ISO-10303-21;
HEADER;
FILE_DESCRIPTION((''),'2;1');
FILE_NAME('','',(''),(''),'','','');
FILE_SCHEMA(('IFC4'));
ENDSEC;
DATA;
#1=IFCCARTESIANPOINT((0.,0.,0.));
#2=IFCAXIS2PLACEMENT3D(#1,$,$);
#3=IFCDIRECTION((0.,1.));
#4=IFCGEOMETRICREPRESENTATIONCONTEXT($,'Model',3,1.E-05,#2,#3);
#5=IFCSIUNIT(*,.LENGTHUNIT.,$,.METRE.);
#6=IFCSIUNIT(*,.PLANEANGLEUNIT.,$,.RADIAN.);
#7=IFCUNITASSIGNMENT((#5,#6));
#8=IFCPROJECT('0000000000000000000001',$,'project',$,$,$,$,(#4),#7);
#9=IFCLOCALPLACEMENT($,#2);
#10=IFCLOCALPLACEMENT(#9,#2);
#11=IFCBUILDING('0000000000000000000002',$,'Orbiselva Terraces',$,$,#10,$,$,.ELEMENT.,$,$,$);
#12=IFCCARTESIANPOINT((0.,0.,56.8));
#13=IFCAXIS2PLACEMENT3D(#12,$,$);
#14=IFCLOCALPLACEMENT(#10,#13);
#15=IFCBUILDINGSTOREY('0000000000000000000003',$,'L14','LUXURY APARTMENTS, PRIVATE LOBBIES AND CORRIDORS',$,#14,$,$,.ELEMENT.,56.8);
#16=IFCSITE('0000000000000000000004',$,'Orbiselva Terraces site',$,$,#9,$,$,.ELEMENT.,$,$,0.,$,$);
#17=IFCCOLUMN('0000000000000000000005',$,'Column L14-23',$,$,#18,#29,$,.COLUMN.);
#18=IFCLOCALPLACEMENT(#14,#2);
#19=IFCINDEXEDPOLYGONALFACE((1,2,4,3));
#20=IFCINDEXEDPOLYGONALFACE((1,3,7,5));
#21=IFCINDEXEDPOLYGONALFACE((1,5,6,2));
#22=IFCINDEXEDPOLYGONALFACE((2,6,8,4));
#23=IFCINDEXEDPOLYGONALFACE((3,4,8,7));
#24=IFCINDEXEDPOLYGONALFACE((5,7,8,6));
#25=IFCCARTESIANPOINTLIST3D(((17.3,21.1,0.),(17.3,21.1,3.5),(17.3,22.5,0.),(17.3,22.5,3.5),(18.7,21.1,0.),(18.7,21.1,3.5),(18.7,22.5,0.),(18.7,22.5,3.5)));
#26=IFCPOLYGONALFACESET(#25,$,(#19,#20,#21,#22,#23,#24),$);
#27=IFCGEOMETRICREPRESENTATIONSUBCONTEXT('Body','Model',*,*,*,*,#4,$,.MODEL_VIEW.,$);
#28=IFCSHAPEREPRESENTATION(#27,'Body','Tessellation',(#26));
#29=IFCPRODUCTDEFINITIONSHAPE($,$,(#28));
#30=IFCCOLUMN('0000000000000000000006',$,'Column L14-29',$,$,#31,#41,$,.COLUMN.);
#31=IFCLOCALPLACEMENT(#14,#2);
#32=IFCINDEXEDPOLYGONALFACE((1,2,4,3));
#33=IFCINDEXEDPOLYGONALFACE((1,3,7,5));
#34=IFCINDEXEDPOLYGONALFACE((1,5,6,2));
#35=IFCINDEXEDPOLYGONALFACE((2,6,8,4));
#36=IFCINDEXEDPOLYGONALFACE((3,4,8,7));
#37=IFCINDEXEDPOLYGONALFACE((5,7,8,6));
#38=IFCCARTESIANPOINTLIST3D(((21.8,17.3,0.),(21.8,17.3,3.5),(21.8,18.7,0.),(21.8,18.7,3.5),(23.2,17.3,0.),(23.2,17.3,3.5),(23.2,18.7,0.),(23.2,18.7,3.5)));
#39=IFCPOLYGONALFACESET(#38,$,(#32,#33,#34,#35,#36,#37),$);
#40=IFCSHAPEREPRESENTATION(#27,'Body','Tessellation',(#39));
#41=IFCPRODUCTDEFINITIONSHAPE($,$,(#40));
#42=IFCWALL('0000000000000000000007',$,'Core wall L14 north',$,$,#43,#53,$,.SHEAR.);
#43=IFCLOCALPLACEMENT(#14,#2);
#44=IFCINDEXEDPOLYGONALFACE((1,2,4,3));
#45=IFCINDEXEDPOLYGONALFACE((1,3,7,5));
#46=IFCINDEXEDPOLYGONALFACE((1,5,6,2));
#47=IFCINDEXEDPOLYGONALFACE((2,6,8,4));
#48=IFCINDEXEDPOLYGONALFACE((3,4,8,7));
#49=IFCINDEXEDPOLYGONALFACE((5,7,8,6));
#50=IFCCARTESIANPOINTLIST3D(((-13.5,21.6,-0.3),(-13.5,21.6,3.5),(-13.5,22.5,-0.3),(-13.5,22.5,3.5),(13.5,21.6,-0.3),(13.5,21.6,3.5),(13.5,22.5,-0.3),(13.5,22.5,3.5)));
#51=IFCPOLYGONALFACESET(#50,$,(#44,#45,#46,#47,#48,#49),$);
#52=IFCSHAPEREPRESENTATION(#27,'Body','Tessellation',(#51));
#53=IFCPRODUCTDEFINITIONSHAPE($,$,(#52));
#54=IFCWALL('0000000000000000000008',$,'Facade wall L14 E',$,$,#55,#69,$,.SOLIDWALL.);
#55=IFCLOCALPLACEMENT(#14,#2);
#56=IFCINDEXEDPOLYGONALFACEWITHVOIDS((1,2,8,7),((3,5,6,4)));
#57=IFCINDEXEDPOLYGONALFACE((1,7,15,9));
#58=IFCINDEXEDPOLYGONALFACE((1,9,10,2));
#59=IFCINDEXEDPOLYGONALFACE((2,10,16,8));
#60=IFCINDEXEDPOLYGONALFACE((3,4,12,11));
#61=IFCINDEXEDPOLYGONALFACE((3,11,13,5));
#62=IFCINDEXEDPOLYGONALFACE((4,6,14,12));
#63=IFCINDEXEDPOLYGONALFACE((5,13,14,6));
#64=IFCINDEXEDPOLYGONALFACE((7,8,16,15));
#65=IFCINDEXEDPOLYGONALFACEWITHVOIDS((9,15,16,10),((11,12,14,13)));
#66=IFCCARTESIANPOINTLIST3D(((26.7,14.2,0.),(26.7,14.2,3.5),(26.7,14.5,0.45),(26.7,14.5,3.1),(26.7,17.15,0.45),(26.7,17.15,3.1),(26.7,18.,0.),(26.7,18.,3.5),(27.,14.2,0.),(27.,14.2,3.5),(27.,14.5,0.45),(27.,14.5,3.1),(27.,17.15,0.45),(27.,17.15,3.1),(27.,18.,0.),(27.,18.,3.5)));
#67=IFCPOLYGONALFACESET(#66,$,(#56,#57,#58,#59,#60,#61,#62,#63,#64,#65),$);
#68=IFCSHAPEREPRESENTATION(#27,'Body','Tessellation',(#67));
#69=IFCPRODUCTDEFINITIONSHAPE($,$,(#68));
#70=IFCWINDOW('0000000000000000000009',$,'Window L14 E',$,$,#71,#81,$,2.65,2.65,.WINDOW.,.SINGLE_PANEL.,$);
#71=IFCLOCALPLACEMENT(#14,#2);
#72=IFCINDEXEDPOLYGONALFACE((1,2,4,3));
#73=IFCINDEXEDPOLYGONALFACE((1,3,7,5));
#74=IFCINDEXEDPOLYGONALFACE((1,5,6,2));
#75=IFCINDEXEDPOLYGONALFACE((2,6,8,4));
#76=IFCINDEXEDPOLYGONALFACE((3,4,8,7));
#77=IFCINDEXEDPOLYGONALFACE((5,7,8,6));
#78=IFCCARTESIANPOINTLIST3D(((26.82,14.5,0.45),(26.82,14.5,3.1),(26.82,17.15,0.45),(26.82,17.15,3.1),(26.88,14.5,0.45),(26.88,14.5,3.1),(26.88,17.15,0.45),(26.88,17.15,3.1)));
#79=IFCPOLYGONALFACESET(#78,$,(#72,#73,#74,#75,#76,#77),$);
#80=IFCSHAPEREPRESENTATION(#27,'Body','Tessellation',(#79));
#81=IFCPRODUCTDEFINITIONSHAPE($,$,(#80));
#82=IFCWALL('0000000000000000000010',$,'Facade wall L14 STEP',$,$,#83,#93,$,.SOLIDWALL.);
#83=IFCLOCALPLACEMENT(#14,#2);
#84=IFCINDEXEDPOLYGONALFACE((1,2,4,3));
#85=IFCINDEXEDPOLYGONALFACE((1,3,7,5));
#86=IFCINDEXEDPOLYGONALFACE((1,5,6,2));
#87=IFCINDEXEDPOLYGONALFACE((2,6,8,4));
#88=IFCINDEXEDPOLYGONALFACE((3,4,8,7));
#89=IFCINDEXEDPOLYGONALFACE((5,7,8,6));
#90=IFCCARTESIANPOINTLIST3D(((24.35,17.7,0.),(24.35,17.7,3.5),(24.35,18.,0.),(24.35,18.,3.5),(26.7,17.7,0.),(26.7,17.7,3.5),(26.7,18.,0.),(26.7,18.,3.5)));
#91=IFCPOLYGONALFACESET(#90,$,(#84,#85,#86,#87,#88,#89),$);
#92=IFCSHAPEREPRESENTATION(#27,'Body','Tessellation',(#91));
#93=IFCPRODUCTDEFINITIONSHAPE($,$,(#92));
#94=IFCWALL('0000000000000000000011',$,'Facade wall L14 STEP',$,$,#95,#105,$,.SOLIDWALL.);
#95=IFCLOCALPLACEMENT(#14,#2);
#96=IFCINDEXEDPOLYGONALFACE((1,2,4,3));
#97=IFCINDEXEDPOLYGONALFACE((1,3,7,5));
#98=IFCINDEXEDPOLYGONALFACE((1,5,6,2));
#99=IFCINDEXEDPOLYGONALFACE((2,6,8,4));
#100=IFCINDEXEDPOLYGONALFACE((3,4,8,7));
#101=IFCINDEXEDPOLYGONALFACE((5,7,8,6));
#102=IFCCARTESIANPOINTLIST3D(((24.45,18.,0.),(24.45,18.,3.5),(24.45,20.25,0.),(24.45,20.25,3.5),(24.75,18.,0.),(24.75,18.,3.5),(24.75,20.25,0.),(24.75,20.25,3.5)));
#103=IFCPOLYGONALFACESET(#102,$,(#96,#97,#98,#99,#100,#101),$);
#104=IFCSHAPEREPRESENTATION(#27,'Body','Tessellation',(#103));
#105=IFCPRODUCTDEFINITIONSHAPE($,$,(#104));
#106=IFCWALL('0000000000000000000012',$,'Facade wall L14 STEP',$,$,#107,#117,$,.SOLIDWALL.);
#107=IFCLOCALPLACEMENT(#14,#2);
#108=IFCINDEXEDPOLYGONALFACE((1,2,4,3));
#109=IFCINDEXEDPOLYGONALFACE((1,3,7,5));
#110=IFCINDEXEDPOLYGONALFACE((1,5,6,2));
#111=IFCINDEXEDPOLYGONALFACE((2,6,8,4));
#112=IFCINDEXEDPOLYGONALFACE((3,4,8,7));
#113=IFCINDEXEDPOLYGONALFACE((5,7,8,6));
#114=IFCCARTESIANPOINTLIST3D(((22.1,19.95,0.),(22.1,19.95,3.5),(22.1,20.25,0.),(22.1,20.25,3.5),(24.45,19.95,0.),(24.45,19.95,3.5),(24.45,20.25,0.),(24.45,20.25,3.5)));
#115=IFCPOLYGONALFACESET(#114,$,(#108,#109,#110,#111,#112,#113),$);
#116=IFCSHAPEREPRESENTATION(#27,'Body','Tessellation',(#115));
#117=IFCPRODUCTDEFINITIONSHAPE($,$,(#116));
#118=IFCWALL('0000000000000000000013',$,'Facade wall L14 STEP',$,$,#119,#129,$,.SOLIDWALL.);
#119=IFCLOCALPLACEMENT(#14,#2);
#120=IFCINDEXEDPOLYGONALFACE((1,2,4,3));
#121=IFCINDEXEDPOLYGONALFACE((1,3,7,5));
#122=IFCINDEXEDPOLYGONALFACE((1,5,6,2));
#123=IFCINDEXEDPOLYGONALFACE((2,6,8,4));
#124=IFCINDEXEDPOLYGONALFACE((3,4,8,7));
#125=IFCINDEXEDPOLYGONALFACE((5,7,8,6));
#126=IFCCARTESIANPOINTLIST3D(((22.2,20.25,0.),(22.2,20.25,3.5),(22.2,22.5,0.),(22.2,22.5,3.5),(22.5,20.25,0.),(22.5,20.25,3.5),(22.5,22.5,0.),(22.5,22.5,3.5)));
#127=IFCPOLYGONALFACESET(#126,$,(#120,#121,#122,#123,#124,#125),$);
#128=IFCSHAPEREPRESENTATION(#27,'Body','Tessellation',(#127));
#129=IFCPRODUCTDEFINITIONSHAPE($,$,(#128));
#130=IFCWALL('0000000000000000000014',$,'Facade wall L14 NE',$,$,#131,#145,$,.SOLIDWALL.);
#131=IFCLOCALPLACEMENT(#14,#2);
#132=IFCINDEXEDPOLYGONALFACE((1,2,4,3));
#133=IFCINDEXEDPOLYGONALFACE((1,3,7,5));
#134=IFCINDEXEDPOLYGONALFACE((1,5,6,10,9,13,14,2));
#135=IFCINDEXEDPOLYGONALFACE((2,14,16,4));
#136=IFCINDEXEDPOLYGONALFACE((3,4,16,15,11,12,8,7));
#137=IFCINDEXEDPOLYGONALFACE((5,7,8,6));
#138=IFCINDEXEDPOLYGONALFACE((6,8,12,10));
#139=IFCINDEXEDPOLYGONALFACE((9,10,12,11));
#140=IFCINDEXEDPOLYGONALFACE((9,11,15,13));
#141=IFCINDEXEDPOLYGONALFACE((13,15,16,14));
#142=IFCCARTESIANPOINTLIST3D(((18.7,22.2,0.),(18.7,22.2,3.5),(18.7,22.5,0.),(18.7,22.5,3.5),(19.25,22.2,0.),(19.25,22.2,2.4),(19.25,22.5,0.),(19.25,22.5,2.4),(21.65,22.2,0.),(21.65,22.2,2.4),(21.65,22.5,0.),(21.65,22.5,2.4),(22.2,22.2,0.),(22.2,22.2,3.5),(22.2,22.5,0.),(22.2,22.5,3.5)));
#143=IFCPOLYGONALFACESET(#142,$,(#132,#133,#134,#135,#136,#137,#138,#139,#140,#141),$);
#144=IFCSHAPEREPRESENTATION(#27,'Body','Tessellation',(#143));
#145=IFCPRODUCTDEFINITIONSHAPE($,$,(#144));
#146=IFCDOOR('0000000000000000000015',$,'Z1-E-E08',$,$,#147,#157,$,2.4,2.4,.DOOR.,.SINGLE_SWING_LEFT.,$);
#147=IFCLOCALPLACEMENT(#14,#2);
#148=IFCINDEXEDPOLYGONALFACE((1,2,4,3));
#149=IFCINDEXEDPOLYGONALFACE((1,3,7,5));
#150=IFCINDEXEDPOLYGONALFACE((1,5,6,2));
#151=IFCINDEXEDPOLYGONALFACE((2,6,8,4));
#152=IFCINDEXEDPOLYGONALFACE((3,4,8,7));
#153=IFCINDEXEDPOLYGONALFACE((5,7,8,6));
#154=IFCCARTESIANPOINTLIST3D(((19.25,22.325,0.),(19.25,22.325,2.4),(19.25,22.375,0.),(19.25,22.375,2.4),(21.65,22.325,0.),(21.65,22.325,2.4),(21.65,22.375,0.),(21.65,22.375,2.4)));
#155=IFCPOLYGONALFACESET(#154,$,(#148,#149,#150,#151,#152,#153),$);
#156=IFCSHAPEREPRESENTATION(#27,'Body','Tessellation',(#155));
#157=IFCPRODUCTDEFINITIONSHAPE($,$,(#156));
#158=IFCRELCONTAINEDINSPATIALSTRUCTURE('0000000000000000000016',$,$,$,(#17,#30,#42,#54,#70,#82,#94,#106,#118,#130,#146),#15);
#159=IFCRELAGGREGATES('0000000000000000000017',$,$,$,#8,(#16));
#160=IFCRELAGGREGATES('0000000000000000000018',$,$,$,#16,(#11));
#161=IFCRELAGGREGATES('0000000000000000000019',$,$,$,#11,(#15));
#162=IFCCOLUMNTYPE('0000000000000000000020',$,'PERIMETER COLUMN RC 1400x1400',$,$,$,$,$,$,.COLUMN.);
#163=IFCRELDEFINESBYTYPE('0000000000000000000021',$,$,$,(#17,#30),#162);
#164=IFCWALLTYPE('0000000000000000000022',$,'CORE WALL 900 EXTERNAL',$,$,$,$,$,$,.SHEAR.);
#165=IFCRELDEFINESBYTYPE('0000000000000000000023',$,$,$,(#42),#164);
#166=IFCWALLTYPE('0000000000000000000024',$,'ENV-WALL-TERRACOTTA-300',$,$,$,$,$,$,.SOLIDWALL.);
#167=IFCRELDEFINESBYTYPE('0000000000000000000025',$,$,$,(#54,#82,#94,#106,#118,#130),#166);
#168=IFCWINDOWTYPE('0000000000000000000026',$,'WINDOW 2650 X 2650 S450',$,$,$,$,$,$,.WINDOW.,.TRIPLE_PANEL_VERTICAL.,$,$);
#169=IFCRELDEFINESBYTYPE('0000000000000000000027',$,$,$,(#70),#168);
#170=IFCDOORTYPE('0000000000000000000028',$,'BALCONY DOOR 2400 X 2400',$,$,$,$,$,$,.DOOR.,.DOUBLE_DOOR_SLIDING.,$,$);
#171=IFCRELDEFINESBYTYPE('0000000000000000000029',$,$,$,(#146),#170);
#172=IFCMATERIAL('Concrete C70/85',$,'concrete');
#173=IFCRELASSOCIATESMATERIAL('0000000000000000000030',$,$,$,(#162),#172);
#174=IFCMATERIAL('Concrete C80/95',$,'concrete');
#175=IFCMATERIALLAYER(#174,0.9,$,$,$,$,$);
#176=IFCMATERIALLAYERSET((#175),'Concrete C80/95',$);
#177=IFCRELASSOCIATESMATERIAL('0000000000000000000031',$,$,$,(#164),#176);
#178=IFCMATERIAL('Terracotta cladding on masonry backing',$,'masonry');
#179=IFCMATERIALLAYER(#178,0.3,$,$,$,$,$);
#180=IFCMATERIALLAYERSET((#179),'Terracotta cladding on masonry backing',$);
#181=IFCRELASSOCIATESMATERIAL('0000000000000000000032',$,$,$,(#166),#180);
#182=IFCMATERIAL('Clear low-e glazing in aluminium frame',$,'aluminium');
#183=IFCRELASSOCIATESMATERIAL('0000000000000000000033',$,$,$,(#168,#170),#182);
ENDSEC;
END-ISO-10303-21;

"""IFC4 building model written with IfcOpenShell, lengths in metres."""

from ifc_helpers import new_model, si_unit, direction, frame, frame_2d, origin, origin_2d, place, context, subcontext, project, spatial, rectangle, extrude, material, layer, layer_set, material_profile, profile_set, type_object, element, fill, save


model = new_model("IFC4")

# Units and contexts
model_context = context("Model", 3, precision=1e-05, world=origin(), true_north=direction((0.0, 1.0)))
body_context = subcontext(model_context, "Body", "Model", "MODEL_VIEW")
ifc_project = project(units=[si_unit("LENGTHUNIT", "METRE"), si_unit("PLANEANGLEUNIT", "RADIAN")], contexts=[model_context])

# Site, building, storey
site_placement = place(None, origin())
site = spatial("IfcSite", under=ifc_project, at=site_placement, Name="Orbiselva Terraces site", CompositionType="ELEMENT", RefElevation=0.0)
building_placement = place(site_placement, origin())
building = spatial("IfcBuilding", under=site, at=building_placement, Name="Orbiselva Terraces", CompositionType="ELEMENT")
storey_placement = place(building_placement, frame((0.0, 0.0, 56.8)))
storey = spatial("IfcBuildingStorey", under=building, at=storey_placement, Name="L14", Description="LUXURY APARTMENTS, PRIVATE LOBBIES AND CORRIDORS", CompositionType="ELEMENT", Elevation=56.8)

# Columns
ifc_material_1 = material(Name="Concrete C70/85", Category="concrete")
ifc_material_profile = material_profile(ifc_material_1, rectangle(XDim=1.4, YDim=1.4, at=origin_2d()), Name="RC 1400x1400")
ifc_profile_set = profile_set([ifc_material_profile], Name="Concrete C70/85")
column_type = type_object("IfcColumnType", Name="PERIMETER COLUMN RC 1400x1400", PredefinedType="COLUMN", material=ifc_profile_set)
for number, where, z_axis, x_axis, name in (
    (1, (18.0, 21.8, 0.0), (0.0, 0.0, 1.0), (1.0, 0.0, 0.0), "Column L14-23"),
    (2, (22.5, 18.0, 0.0), (0.0, 0.0, 1.0), (1.0, 0.0, 0.0), "Column L14-29"),
):
    element("IfcColumn", number, at=place(storey_placement, frame(where, z_axis=z_axis, x_axis=x_axis)), inside=storey, type_object=column_type, Name=name, PredefinedType="COLUMN", context=body_context, shape_type="SweptSolid", body=[
        extrude(rectangle(XDim=1.4, YDim=1.4, at=origin_2d()), origin(), (0.0, 0.0, 1.0), 3.5),
    ])

# Wall
ifc_material_2 = material(Name="Concrete C80/95", Category="concrete")
ifc_layer_1 = layer(ifc_material_2, 0.9)
ifc_layer_set_1 = layer_set([ifc_layer_1], Name="Concrete C80/95")
wall_type_1 = type_object("IfcWallType", Name="CORE WALL 900 EXTERNAL", PredefinedType="SHEAR", material=ifc_layer_set_1)
wall_1_placement = place(storey_placement, frame((13.5, 22.05, -0.3), z_axis=(0.0, 0.0, 1.0), x_axis=(-1.0, 0.0, 0.0)))
element("IfcWall", 3, at=wall_1_placement, inside=storey, type_object=wall_type_1, Name="Core wall L14 north", PredefinedType="SHEAR", context=body_context, shape_type="SweptSolid", body=[
    extrude(rectangle(XDim=27.0, YDim=0.9, at=frame_2d((13.5, 0.0))), origin(), (0.0, 0.0, 1.0), 3.8),
])

# Wall, opening, window
ifc_material_3 = material(Name="Terracotta cladding on masonry backing", Category="masonry")
ifc_layer_2 = layer(ifc_material_3, 0.3)
ifc_layer_set_2 = layer_set([ifc_layer_2], Name="Terracotta cladding on masonry backing")
wall_type_2 = type_object("IfcWallType", Name="ENV-WALL-TERRACOTTA-300", PredefinedType="SOLIDWALL", material=ifc_layer_set_2)
wall_2_placement = place(storey_placement, frame((26.85, 18.0, 0.0), z_axis=(0.0, 0.0, 1.0), x_axis=(0.0, -1.0, 0.0)))
wall_2 = element("IfcWall", 4, at=wall_2_placement, inside=storey, type_object=wall_type_2, Name="Facade wall L14 E", PredefinedType="SOLIDWALL", context=body_context, shape_type="SweptSolid", body=[
    extrude(rectangle(XDim=3.8, YDim=0.3, at=frame_2d((1.9, 0.0))), origin(), (0.0, 0.0, 1.0), 3.5),
])
opening_1_placement = place(wall_2_placement, frame((0.85, 0.0, 0.45)))
opening_1 = element("IfcOpeningElement", 5, at=opening_1_placement, cuts=wall_2, PredefinedType="OPENING", context=body_context, shape_type="SweptSolid", body=[
    extrude(rectangle(XDim=2.65, YDim=2.65, at=frame_2d((1.325, 1.325))), frame((0.0, 0.16, 0.0), z_axis=(0.0, -1.0, 0.0), x_axis=(1.0, 0.0, 0.0)), (0.0, 0.0, 1.0), 0.32),
])
ifc_material_4 = material(Name="Clear low-e glazing in aluminium frame", Category="aluminium")
window_type = type_object("IfcWindowType", Name="WINDOW 2650 X 2650 S450", PartitioningType="TRIPLE_PANEL_VERTICAL", PredefinedType="WINDOW", material=ifc_material_4)
window_1_placement = place(opening_1_placement, origin())
window_1 = element("IfcWindow", 6, at=window_1_placement, inside=storey, type_object=window_type, Name="Window L14 E", OverallHeight=2.65, OverallWidth=2.65, PartitioningType="SINGLE_PANEL", PredefinedType="WINDOW", context=body_context, shape_type="SweptSolid", body=[
    extrude(rectangle(XDim=2.65, YDim=2.65, at=frame_2d((1.325, 1.325))), frame((0.0, 0.03, 0.0), z_axis=(0.0, -1.0, 0.0), x_axis=(1.0, 0.0, 0.0)), (0.0, 0.0, 1.0), 0.06),
])
fill(opening_1, window_1)

# Walls
wall_3_placement = place(storey_placement, frame((24.35, 17.85, 0.0), z_axis=(0.0, 0.0, 1.0), x_axis=(1.0, 0.0, 0.0)))
element("IfcWall", 7, at=wall_3_placement, inside=storey, type_object=wall_type_2, Name="Facade wall L14 STEP", PredefinedType="SOLIDWALL", context=body_context, shape_type="SweptSolid", body=[
    extrude(rectangle(XDim=2.35, YDim=0.3, at=frame_2d((1.175, 0.0))), origin(), (0.0, 0.0, 1.0), 3.5),
])
wall_4_placement = place(storey_placement, frame((24.6, 20.25, 0.0), z_axis=(0.0, 0.0, 1.0), x_axis=(0.0, -1.0, 0.0)))
element("IfcWall", 8, at=wall_4_placement, inside=storey, type_object=wall_type_2, Name="Facade wall L14 STEP", PredefinedType="SOLIDWALL", context=body_context, shape_type="SweptSolid", body=[
    extrude(rectangle(XDim=2.25, YDim=0.3, at=frame_2d((1.125, 0.0))), origin(), (0.0, 0.0, 1.0), 3.5),
])
wall_5_placement = place(storey_placement, frame((22.1, 20.1, 0.0), z_axis=(0.0, 0.0, 1.0), x_axis=(1.0, 0.0, 0.0)))
element("IfcWall", 9, at=wall_5_placement, inside=storey, type_object=wall_type_2, Name="Facade wall L14 STEP", PredefinedType="SOLIDWALL", context=body_context, shape_type="SweptSolid", body=[
    extrude(rectangle(XDim=2.35, YDim=0.3, at=frame_2d((1.175, 0.0))), origin(), (0.0, 0.0, 1.0), 3.5),
])
wall_6_placement = place(storey_placement, frame((22.35, 22.5, 0.0), z_axis=(0.0, 0.0, 1.0), x_axis=(0.0, -1.0, 0.0)))
element("IfcWall", 10, at=wall_6_placement, inside=storey, type_object=wall_type_2, Name="Facade wall L14 STEP", PredefinedType="SOLIDWALL", context=body_context, shape_type="SweptSolid", body=[
    extrude(rectangle(XDim=2.25, YDim=0.3, at=frame_2d((1.125, 0.0))), origin(), (0.0, 0.0, 1.0), 3.5),
])

# Wall, opening, door
wall_7_placement = place(storey_placement, frame((18.7, 22.35, 0.0), z_axis=(0.0, 0.0, 1.0), x_axis=(1.0, 0.0, 0.0)))
wall_7 = element("IfcWall", 11, at=wall_7_placement, inside=storey, type_object=wall_type_2, Name="Facade wall L14 NE", PredefinedType="SOLIDWALL", context=body_context, shape_type="SweptSolid", body=[
    extrude(rectangle(XDim=3.5, YDim=0.3, at=frame_2d((1.75, 0.0))), origin(), (0.0, 0.0, 1.0), 3.5),
])
opening_2_placement = place(wall_7_placement, frame((0.55, 0.0, 0.0)))
opening_2 = element("IfcOpeningElement", 12, at=opening_2_placement, cuts=wall_7, PredefinedType="OPENING", context=body_context, shape_type="SweptSolid", body=[
    extrude(rectangle(XDim=2.4, YDim=2.4, at=frame_2d((1.2, 1.2))), frame((0.0, 0.16, 0.0), z_axis=(0.0, -1.0, 0.0), x_axis=(1.0, 0.0, 0.0)), (0.0, 0.0, 1.0), 0.32),
])
door_type_1 = type_object("IfcDoorType", Name="BALCONY DOOR 2400 X 2400", OperationType="DOUBLE_DOOR_SLIDING", PredefinedType="DOOR", material=ifc_material_4)
door_1_placement = place(opening_2_placement, origin())
door_1 = element("IfcDoor", 13, at=door_1_placement, inside=storey, type_object=door_type_1, Name="Z1-E-E08", OperationType="SINGLE_SWING_LEFT", OverallHeight=2.4, OverallWidth=2.4, PredefinedType="DOOR", context=body_context, shape_type="SweptSolid", body=[
    extrude(rectangle(XDim=2.4, YDim=2.4, at=frame_2d((1.2, 1.2))), frame((0.0, 0.025, 0.0), z_axis=(0.0, -1.0, 0.0), x_axis=(1.0, 0.0, 0.0)), (0.0, 0.0, 1.0), 0.05),
])
fill(opening_2, door_1)

save(model, "model.ifc")
